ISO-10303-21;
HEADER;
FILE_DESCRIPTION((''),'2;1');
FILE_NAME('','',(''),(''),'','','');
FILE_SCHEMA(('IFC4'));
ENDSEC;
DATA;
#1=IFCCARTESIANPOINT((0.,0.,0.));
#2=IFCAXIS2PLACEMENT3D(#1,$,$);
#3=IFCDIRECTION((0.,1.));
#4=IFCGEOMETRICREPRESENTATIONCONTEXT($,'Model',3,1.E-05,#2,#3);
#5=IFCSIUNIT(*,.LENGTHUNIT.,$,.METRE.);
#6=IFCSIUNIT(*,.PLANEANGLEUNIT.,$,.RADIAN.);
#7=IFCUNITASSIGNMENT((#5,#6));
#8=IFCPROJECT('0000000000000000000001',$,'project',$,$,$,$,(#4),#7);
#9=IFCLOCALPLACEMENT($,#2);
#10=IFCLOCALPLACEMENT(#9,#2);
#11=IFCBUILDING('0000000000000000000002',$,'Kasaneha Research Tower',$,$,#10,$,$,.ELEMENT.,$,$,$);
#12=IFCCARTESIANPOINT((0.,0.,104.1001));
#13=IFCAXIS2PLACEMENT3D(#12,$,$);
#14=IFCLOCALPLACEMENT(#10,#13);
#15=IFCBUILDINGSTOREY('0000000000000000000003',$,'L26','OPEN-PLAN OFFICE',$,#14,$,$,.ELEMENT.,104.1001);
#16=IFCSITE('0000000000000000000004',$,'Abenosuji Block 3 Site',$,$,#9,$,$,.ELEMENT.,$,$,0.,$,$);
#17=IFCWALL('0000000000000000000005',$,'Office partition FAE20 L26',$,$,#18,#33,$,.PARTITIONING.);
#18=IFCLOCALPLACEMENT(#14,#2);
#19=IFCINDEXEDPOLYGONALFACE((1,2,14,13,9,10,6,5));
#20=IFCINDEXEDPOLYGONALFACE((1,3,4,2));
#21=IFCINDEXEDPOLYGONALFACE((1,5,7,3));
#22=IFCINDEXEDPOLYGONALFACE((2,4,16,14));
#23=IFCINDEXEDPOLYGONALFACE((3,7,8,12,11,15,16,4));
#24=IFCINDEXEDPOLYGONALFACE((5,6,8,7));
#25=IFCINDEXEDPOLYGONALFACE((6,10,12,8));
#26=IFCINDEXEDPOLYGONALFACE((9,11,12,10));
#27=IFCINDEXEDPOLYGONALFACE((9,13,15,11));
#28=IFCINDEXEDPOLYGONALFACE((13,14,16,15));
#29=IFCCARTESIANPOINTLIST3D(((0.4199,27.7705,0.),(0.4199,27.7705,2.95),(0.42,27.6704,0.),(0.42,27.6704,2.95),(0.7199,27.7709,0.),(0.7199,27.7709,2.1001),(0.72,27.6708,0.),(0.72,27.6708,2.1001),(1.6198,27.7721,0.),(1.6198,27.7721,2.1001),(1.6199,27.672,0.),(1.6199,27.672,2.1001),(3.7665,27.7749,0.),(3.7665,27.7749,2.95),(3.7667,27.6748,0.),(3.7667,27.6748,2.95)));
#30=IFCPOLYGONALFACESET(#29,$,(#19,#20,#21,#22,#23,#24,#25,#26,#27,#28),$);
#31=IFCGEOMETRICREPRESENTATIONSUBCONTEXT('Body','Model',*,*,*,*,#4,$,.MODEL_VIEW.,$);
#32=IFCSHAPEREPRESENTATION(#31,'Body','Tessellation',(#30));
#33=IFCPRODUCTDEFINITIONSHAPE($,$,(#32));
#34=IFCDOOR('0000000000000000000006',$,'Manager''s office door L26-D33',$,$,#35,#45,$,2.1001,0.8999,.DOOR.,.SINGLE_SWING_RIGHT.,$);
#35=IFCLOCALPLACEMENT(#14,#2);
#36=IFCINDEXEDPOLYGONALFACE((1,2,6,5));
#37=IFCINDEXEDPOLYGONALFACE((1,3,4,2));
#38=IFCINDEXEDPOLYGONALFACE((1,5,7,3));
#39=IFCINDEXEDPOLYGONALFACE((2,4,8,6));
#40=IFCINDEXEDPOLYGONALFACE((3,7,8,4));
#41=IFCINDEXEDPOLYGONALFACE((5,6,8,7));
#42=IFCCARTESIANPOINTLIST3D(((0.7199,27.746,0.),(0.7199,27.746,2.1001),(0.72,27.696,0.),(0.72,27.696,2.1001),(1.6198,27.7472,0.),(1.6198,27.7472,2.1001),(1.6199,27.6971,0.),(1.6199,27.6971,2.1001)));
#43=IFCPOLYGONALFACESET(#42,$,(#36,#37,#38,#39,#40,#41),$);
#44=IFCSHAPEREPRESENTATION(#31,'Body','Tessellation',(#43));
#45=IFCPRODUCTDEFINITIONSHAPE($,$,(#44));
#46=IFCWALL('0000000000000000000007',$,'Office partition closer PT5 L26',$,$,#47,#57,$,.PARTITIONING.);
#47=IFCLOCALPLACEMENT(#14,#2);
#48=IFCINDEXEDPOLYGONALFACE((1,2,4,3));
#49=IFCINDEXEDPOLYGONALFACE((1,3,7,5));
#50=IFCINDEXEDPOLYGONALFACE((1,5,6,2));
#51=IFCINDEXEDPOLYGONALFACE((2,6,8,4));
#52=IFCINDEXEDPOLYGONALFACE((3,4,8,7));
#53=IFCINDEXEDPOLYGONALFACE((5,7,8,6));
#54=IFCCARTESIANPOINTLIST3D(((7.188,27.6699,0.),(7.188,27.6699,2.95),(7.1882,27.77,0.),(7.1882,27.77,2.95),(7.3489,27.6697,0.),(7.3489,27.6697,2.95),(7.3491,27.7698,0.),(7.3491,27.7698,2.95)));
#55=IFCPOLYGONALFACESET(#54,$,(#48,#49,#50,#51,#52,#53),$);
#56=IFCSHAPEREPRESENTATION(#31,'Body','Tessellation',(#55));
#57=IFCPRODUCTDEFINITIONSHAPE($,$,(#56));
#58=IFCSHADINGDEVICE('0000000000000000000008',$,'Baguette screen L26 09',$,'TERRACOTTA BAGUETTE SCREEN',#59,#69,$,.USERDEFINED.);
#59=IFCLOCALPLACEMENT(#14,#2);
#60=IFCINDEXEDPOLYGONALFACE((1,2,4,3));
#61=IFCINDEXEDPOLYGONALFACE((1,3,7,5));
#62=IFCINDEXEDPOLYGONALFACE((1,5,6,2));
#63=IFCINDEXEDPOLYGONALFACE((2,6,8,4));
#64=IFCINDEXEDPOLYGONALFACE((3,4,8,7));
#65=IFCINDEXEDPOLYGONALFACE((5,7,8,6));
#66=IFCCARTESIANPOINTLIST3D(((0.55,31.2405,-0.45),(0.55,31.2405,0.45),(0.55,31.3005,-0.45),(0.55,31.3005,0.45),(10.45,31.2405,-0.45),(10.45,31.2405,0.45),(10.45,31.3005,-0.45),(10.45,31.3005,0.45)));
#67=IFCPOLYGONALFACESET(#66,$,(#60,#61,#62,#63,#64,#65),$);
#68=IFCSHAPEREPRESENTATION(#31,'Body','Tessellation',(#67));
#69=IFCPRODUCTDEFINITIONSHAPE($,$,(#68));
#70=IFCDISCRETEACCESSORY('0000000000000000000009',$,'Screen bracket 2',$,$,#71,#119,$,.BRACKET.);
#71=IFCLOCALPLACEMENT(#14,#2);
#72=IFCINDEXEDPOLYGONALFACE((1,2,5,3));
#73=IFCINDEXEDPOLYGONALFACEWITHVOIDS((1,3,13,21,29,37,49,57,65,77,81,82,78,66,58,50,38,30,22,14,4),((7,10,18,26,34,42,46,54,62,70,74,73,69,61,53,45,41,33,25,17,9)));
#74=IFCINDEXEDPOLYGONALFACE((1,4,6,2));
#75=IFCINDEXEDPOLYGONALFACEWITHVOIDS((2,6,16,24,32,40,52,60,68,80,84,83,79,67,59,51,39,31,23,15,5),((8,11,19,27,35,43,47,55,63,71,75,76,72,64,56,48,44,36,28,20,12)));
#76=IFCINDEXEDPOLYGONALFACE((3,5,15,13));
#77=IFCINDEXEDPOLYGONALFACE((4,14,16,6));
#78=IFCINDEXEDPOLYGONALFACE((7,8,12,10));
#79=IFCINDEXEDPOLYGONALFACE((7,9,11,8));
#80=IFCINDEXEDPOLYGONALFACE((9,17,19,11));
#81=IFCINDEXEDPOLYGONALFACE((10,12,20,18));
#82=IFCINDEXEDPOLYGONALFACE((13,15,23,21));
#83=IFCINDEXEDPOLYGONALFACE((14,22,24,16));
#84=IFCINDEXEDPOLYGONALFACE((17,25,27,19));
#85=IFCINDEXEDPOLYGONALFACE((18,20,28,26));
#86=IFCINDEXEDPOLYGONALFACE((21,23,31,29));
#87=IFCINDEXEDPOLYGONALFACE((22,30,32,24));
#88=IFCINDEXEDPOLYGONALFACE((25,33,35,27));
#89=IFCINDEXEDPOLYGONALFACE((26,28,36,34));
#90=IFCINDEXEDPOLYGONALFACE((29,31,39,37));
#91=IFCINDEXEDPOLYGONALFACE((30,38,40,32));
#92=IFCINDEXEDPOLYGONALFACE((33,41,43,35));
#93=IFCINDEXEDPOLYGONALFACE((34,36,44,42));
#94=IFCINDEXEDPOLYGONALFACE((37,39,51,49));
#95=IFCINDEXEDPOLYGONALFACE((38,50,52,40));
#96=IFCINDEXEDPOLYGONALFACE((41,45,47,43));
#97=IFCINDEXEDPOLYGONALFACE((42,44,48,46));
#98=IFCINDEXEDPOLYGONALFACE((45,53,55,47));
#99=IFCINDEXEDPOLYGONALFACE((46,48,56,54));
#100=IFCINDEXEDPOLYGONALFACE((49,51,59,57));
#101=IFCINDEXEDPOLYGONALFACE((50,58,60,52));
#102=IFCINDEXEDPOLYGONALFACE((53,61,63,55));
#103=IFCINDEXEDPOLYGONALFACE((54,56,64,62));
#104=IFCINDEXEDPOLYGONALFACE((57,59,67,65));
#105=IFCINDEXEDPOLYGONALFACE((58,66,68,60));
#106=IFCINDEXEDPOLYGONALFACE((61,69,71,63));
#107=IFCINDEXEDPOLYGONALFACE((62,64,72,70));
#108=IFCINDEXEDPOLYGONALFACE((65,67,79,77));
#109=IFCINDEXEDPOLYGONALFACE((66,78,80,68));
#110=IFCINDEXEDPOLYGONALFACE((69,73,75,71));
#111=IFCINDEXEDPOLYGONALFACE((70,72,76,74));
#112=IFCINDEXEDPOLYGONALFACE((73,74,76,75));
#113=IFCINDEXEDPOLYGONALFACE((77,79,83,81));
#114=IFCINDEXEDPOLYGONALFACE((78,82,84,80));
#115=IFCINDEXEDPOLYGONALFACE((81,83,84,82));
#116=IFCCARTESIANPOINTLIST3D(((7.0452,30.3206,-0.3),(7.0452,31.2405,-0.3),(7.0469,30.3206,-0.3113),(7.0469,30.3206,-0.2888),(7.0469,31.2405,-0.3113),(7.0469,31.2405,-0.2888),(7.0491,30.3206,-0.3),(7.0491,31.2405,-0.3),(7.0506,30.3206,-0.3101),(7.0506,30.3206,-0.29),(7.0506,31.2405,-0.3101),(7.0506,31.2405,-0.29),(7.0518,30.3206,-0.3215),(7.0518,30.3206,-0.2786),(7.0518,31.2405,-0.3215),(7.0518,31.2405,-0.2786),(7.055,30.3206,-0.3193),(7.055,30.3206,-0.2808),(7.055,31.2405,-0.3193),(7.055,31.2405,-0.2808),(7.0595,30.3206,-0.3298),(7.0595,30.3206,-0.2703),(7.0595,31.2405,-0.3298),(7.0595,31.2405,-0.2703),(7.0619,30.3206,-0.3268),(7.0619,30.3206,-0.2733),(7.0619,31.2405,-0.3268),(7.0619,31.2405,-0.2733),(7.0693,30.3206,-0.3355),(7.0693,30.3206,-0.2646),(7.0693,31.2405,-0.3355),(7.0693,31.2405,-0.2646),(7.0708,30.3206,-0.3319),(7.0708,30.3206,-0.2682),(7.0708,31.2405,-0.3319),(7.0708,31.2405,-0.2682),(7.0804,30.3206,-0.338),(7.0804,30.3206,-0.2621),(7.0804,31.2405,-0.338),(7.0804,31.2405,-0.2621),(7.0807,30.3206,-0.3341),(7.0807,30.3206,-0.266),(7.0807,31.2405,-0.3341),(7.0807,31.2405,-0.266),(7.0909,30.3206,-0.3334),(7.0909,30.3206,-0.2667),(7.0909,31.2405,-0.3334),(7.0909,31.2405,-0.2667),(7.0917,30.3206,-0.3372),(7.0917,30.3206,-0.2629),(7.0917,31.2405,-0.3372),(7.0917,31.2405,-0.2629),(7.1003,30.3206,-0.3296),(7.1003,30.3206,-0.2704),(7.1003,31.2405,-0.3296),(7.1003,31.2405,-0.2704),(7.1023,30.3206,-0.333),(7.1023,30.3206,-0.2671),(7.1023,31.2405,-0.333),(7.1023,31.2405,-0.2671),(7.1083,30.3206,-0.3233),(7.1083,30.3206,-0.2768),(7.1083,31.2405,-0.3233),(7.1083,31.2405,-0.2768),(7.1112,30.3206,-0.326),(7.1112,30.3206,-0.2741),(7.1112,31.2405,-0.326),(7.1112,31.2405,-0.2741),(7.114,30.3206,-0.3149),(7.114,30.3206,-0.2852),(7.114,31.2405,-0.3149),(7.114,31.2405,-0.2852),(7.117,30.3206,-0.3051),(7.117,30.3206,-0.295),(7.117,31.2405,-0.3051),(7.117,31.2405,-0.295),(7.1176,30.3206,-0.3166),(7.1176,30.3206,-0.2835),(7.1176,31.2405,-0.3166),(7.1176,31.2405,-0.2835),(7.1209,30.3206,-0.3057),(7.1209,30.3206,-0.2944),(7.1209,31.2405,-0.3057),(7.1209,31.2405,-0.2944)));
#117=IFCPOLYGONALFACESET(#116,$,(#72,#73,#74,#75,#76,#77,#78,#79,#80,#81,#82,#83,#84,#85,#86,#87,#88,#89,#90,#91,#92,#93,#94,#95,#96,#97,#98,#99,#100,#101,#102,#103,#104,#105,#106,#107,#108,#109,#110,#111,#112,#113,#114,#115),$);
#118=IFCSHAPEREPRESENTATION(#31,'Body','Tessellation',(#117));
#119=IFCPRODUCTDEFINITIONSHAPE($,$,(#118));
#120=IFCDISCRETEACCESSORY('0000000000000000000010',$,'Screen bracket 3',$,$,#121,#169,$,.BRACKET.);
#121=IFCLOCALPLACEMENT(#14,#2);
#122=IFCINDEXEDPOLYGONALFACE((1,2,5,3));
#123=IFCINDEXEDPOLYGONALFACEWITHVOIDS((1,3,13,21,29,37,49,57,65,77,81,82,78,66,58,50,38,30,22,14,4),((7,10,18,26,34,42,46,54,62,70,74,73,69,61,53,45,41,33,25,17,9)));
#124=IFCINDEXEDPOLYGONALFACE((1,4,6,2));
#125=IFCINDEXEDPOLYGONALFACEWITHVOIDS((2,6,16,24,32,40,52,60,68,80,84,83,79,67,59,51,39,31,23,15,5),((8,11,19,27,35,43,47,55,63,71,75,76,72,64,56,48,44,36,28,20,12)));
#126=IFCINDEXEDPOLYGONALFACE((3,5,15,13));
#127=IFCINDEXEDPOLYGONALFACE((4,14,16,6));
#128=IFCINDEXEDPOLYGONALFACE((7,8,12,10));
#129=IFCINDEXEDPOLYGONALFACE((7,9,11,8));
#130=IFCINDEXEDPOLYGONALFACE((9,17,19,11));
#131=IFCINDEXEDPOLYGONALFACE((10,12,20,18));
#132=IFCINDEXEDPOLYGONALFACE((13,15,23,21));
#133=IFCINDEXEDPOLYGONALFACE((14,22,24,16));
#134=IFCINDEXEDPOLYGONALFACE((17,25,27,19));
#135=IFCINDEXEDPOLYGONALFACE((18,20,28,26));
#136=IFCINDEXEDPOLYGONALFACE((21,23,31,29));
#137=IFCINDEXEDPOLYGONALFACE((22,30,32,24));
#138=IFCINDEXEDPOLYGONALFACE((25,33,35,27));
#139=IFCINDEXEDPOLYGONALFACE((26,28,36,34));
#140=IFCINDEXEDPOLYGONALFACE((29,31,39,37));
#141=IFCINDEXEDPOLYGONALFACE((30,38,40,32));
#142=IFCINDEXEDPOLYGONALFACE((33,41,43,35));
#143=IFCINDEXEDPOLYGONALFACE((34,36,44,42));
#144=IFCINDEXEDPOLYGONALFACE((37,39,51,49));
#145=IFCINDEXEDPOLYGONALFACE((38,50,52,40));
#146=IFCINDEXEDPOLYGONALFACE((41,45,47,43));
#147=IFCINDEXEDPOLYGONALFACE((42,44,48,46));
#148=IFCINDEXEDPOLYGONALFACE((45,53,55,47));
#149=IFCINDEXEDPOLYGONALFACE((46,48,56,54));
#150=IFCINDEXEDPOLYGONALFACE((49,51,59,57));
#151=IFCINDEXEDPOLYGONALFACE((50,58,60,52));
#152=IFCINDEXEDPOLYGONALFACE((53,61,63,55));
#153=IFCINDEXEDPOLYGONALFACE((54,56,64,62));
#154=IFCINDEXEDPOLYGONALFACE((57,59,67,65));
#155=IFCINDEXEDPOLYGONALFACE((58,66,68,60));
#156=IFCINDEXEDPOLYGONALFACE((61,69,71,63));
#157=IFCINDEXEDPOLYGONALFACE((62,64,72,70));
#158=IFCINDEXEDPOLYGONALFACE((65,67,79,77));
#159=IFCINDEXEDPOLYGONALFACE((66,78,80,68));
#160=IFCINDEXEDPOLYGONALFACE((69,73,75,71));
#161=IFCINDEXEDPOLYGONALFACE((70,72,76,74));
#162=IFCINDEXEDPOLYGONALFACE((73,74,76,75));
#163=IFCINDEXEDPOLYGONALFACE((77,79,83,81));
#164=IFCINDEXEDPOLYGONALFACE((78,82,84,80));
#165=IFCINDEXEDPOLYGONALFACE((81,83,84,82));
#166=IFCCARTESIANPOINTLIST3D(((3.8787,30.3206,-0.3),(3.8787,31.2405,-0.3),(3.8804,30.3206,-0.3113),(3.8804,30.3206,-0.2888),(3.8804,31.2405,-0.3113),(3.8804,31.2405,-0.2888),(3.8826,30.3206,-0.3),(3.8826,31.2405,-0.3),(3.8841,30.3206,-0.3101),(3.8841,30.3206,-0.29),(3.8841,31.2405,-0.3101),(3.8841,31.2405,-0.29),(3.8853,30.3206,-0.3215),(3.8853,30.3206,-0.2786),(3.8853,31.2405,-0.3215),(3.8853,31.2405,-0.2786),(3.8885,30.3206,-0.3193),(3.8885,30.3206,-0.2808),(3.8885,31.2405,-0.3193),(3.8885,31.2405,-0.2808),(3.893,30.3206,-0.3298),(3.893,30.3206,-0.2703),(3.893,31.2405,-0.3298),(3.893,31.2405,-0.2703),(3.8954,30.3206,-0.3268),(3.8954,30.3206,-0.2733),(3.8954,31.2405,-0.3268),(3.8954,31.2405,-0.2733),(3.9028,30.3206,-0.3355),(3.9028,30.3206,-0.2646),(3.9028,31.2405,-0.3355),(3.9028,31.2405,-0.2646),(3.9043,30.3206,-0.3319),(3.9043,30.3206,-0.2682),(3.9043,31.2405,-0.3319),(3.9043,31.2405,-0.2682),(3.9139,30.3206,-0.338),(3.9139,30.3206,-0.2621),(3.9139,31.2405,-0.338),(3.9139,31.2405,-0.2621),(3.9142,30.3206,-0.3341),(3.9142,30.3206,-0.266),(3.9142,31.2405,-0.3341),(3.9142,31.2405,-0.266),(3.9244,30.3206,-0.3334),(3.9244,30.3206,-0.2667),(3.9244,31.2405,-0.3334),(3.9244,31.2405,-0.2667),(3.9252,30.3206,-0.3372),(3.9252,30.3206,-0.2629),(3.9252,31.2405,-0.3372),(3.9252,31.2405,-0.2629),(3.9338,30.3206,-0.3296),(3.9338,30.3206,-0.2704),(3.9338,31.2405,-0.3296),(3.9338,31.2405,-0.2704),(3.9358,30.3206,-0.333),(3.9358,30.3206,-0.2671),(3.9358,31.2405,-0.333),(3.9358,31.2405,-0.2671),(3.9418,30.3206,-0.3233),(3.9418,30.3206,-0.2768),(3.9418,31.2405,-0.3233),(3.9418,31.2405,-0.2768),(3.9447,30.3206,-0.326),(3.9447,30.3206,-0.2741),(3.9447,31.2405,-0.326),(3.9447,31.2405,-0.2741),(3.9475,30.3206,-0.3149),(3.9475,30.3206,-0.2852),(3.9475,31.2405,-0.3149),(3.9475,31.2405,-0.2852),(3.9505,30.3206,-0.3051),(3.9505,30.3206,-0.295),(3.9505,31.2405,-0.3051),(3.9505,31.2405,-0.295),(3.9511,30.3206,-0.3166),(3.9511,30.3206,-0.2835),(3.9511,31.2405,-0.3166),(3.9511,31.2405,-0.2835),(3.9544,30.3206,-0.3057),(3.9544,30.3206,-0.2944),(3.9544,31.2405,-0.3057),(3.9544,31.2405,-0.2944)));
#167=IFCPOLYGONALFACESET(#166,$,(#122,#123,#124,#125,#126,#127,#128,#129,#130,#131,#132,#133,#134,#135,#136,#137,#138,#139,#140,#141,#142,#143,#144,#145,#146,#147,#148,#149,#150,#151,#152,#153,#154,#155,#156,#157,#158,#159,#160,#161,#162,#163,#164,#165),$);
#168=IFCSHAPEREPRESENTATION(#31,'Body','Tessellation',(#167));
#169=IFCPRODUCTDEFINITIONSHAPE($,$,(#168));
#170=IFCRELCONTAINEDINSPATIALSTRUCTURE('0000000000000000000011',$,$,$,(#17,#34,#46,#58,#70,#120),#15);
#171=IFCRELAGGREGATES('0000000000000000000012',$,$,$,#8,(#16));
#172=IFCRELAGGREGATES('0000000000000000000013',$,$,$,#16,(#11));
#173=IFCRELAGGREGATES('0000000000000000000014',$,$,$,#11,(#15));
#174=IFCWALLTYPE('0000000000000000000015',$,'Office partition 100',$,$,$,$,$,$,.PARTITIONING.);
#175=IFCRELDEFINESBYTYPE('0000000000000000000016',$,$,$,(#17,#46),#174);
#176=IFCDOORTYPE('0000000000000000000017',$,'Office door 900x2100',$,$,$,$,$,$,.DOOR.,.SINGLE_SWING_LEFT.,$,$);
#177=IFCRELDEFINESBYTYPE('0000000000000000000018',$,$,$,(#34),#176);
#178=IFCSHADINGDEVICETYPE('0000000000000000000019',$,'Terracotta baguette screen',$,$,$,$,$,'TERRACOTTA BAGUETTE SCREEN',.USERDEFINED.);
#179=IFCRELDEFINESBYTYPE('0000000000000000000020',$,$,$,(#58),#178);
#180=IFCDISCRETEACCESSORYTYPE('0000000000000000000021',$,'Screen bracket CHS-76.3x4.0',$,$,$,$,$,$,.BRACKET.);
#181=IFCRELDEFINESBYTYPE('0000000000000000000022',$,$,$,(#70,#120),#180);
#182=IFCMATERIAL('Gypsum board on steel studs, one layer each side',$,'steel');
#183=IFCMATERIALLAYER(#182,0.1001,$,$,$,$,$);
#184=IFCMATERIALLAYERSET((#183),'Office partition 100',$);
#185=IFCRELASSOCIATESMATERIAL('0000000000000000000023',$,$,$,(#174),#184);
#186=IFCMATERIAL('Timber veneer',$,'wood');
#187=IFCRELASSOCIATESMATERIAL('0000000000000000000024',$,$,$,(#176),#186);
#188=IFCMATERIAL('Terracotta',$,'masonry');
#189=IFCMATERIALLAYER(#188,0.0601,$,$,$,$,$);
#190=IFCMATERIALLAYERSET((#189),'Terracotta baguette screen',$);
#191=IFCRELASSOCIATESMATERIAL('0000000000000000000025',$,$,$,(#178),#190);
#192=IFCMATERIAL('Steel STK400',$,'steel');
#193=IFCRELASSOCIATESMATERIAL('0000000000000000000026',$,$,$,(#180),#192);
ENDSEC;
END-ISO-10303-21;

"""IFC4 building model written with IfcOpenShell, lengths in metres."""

from ifc_helpers import new_model, si_unit, direction, frame, frame_2d, origin, origin_2d, place, context, subcontext, project, spatial, rectangle, hollow_circle, extrude, material, layer, layer_set, material_profile, profile_set, type_object, element, fill, save


model = new_model("IFC4")

# Units and contexts
model_context = context("Model", 3, precision=1e-05, world=origin(), true_north=direction((0.0, 1.0)))
body_context = subcontext(model_context, "Body", "Model", "MODEL_VIEW")
ifc_project = project(units=[si_unit("LENGTHUNIT", "METRE"), si_unit("PLANEANGLEUNIT", "RADIAN")], contexts=[model_context])

# Site, building, storey
site_placement = place(None, origin())
site = spatial("IfcSite", under=ifc_project, at=site_placement, Name="Abenosuji Block 3 Site", CompositionType="ELEMENT", RefElevation=0.0)
building_placement = place(site_placement, origin())
building = spatial("IfcBuilding", under=site, at=building_placement, Name="Kasaneha Research Tower", CompositionType="ELEMENT")
storey_placement = place(building_placement, frame((0.0, 0.0, 104.1001)))
storey = spatial("IfcBuildingStorey", under=building, at=storey_placement, Name="L26", Description="OPEN-PLAN OFFICE", CompositionType="ELEMENT", Elevation=104.1001)

# Shared definitions
ifc_material_1 = material(Name="Gypsum board on steel studs, one layer each side", Category="steel")
ifc_layer_1 = layer(ifc_material_1, 0.1001)
ifc_layer_set_1 = layer_set([ifc_layer_1], Name="Office partition 100")
wall_type = type_object("IfcWallType", Name="Office partition 100", PredefinedType="PARTITIONING", material=ifc_layer_set_1)

# Wall, opening, door
ifc_material_2 = material(Name="Timber veneer", Category="wood")
door_type = type_object("IfcDoorType", Name="Office door 900x2100", OperationType="SINGLE_SWING_LEFT", PredefinedType="DOOR", material=ifc_material_2)
wall_1_placement = place(storey_placement, frame((3.7666, 27.7249, 0.0), z_axis=(0.0, 0.0, 1.0), x_axis=(-0.999999, -0.001313, 0.0)))
wall_1 = element("IfcWall", 1, at=wall_1_placement, inside=storey, type_object=wall_type, Name="Office partition FAE20 L26", PredefinedType="PARTITIONING", context=body_context, shape_type="SweptSolid", body=[
    extrude(rectangle(XDim=3.3467, YDim=0.1001, at=frame_2d((1.6733, 0.0))), origin(), (0.0, 0.0, 1.0), 2.95),
])
opening_1_placement = place(wall_1_placement, frame((2.1467, 0.0, 0.0)))
opening_1 = element("IfcOpeningElement", 2, at=opening_1_placement, cuts=wall_1, PredefinedType="OPENING", context=body_context, shape_type="SweptSolid", body=[
    extrude(rectangle(XDim=0.8999, YDim=2.1001, at=frame_2d((0.45, 1.05))), frame((0.0, 0.0601, 0.0), z_axis=(0.0, -1.0, 0.0), x_axis=(1.0, 0.0, 0.0)), (0.0, 0.0, 1.0), 0.1201),
])
door_1_placement = place(opening_1_placement, origin())
door_1 = element("IfcDoor", 3, at=door_1_placement, inside=storey, type_object=door_type, Name="Manager's office door L26-D33", OperationType="SINGLE_SWING_RIGHT", OverallHeight=2.1001, OverallWidth=0.8999, PredefinedType="DOOR", context=body_context, shape_type="SweptSolid", body=[
    extrude(rectangle(XDim=0.8999, YDim=2.1001, at=frame_2d((0.45, 1.05))), frame((0.0, 0.0249, 0.0), z_axis=(0.0, -1.0, 0.0), x_axis=(1.0, 0.0, 0.0)), (0.0, 0.0, 1.0), 0.05),
])
fill(opening_1, door_1)

# Wall
wall_2_placement = place(storey_placement, frame((7.3491, 27.7197, 0.0), z_axis=(0.0, 0.0, 1.0), x_axis=(-0.999999, 0.001517, 0.0)))
element("IfcWall", 4, at=wall_2_placement, inside=storey, type_object=wall_type, Name="Office partition closer PT5 L26", PredefinedType="PARTITIONING", context=body_context, shape_type="SweptSolid", body=[
    extrude(rectangle(XDim=0.1609, YDim=0.1001, at=frame_2d((0.0806, 0.0))), origin(), (0.0, 0.0, 1.0), 2.95),
])

# Shading device
ifc_material_3 = material(Name="Terracotta", Category="masonry")
ifc_layer_2 = layer(ifc_material_3, 0.0601)
ifc_layer_set_2 = layer_set([ifc_layer_2], Name="Terracotta baguette screen")
shading_device_type = type_object("IfcShadingDeviceType", Name="Terracotta baguette screen", ElementType="TERRACOTTA BAGUETTE SCREEN", PredefinedType="USERDEFINED", material=ifc_layer_set_2)
shading_device_placement = place(storey_placement, frame((5.5, 31.2705, -0.45), z_axis=(0.0, 0.0, 1.0), x_axis=(-1.0, 0.0, 0.0)))
element("IfcShadingDevice", 5, at=shading_device_placement, inside=storey, type_object=shading_device_type, Name="Baguette screen L26 09", ObjectType="TERRACOTTA BAGUETTE SCREEN", PredefinedType="USERDEFINED", context=body_context, shape_type="SweptSolid", body=[
    extrude(rectangle(XDim=9.8999, YDim=0.0601, at=origin_2d()), origin(), (0.0, 0.0, 1.0), 0.8999),
])

# Discrete accessories
ifc_material_4 = material(Name="Steel STK400", Category="steel")
ifc_material_profile_1 = material_profile(ifc_material_4, hollow_circle(Radius=0.0381, WallThickness=0.0039, at=origin_2d()), Name="CHS-76.3x4.0")
ifc_profile_set_1 = profile_set([ifc_material_profile_1], Name="Steel STK400")
discrete_accessory_type = type_object("IfcDiscreteAccessoryType", Name="Screen bracket CHS-76.3x4.0", PredefinedType="BRACKET", material=ifc_profile_set_1)
for number, where, z_axis, x_axis, name in (
    (6, (7.0833, 30.3206, -0.3), (0.0, 1.0, 0.0), (-1.0, 0.0, 0.0), "Screen bracket 2"),
    (7, (3.9167, 30.3206, -0.3), (0.0, 1.0, 0.0), (-1.0, 0.0, 0.0), "Screen bracket 3"),
):
    element("IfcDiscreteAccessory", number, at=place(storey_placement, frame(where, z_axis=z_axis, x_axis=x_axis)), inside=storey, type_object=discrete_accessory_type, Name=name, PredefinedType="BRACKET", context=body_context, shape_type="SweptSolid", body=[
        extrude(hollow_circle(Radius=0.0381, WallThickness=0.0039, at=origin_2d()), origin(), (0.0, 0.0, 1.0), 0.9199),
    ])

save(model, "model.ifc")
